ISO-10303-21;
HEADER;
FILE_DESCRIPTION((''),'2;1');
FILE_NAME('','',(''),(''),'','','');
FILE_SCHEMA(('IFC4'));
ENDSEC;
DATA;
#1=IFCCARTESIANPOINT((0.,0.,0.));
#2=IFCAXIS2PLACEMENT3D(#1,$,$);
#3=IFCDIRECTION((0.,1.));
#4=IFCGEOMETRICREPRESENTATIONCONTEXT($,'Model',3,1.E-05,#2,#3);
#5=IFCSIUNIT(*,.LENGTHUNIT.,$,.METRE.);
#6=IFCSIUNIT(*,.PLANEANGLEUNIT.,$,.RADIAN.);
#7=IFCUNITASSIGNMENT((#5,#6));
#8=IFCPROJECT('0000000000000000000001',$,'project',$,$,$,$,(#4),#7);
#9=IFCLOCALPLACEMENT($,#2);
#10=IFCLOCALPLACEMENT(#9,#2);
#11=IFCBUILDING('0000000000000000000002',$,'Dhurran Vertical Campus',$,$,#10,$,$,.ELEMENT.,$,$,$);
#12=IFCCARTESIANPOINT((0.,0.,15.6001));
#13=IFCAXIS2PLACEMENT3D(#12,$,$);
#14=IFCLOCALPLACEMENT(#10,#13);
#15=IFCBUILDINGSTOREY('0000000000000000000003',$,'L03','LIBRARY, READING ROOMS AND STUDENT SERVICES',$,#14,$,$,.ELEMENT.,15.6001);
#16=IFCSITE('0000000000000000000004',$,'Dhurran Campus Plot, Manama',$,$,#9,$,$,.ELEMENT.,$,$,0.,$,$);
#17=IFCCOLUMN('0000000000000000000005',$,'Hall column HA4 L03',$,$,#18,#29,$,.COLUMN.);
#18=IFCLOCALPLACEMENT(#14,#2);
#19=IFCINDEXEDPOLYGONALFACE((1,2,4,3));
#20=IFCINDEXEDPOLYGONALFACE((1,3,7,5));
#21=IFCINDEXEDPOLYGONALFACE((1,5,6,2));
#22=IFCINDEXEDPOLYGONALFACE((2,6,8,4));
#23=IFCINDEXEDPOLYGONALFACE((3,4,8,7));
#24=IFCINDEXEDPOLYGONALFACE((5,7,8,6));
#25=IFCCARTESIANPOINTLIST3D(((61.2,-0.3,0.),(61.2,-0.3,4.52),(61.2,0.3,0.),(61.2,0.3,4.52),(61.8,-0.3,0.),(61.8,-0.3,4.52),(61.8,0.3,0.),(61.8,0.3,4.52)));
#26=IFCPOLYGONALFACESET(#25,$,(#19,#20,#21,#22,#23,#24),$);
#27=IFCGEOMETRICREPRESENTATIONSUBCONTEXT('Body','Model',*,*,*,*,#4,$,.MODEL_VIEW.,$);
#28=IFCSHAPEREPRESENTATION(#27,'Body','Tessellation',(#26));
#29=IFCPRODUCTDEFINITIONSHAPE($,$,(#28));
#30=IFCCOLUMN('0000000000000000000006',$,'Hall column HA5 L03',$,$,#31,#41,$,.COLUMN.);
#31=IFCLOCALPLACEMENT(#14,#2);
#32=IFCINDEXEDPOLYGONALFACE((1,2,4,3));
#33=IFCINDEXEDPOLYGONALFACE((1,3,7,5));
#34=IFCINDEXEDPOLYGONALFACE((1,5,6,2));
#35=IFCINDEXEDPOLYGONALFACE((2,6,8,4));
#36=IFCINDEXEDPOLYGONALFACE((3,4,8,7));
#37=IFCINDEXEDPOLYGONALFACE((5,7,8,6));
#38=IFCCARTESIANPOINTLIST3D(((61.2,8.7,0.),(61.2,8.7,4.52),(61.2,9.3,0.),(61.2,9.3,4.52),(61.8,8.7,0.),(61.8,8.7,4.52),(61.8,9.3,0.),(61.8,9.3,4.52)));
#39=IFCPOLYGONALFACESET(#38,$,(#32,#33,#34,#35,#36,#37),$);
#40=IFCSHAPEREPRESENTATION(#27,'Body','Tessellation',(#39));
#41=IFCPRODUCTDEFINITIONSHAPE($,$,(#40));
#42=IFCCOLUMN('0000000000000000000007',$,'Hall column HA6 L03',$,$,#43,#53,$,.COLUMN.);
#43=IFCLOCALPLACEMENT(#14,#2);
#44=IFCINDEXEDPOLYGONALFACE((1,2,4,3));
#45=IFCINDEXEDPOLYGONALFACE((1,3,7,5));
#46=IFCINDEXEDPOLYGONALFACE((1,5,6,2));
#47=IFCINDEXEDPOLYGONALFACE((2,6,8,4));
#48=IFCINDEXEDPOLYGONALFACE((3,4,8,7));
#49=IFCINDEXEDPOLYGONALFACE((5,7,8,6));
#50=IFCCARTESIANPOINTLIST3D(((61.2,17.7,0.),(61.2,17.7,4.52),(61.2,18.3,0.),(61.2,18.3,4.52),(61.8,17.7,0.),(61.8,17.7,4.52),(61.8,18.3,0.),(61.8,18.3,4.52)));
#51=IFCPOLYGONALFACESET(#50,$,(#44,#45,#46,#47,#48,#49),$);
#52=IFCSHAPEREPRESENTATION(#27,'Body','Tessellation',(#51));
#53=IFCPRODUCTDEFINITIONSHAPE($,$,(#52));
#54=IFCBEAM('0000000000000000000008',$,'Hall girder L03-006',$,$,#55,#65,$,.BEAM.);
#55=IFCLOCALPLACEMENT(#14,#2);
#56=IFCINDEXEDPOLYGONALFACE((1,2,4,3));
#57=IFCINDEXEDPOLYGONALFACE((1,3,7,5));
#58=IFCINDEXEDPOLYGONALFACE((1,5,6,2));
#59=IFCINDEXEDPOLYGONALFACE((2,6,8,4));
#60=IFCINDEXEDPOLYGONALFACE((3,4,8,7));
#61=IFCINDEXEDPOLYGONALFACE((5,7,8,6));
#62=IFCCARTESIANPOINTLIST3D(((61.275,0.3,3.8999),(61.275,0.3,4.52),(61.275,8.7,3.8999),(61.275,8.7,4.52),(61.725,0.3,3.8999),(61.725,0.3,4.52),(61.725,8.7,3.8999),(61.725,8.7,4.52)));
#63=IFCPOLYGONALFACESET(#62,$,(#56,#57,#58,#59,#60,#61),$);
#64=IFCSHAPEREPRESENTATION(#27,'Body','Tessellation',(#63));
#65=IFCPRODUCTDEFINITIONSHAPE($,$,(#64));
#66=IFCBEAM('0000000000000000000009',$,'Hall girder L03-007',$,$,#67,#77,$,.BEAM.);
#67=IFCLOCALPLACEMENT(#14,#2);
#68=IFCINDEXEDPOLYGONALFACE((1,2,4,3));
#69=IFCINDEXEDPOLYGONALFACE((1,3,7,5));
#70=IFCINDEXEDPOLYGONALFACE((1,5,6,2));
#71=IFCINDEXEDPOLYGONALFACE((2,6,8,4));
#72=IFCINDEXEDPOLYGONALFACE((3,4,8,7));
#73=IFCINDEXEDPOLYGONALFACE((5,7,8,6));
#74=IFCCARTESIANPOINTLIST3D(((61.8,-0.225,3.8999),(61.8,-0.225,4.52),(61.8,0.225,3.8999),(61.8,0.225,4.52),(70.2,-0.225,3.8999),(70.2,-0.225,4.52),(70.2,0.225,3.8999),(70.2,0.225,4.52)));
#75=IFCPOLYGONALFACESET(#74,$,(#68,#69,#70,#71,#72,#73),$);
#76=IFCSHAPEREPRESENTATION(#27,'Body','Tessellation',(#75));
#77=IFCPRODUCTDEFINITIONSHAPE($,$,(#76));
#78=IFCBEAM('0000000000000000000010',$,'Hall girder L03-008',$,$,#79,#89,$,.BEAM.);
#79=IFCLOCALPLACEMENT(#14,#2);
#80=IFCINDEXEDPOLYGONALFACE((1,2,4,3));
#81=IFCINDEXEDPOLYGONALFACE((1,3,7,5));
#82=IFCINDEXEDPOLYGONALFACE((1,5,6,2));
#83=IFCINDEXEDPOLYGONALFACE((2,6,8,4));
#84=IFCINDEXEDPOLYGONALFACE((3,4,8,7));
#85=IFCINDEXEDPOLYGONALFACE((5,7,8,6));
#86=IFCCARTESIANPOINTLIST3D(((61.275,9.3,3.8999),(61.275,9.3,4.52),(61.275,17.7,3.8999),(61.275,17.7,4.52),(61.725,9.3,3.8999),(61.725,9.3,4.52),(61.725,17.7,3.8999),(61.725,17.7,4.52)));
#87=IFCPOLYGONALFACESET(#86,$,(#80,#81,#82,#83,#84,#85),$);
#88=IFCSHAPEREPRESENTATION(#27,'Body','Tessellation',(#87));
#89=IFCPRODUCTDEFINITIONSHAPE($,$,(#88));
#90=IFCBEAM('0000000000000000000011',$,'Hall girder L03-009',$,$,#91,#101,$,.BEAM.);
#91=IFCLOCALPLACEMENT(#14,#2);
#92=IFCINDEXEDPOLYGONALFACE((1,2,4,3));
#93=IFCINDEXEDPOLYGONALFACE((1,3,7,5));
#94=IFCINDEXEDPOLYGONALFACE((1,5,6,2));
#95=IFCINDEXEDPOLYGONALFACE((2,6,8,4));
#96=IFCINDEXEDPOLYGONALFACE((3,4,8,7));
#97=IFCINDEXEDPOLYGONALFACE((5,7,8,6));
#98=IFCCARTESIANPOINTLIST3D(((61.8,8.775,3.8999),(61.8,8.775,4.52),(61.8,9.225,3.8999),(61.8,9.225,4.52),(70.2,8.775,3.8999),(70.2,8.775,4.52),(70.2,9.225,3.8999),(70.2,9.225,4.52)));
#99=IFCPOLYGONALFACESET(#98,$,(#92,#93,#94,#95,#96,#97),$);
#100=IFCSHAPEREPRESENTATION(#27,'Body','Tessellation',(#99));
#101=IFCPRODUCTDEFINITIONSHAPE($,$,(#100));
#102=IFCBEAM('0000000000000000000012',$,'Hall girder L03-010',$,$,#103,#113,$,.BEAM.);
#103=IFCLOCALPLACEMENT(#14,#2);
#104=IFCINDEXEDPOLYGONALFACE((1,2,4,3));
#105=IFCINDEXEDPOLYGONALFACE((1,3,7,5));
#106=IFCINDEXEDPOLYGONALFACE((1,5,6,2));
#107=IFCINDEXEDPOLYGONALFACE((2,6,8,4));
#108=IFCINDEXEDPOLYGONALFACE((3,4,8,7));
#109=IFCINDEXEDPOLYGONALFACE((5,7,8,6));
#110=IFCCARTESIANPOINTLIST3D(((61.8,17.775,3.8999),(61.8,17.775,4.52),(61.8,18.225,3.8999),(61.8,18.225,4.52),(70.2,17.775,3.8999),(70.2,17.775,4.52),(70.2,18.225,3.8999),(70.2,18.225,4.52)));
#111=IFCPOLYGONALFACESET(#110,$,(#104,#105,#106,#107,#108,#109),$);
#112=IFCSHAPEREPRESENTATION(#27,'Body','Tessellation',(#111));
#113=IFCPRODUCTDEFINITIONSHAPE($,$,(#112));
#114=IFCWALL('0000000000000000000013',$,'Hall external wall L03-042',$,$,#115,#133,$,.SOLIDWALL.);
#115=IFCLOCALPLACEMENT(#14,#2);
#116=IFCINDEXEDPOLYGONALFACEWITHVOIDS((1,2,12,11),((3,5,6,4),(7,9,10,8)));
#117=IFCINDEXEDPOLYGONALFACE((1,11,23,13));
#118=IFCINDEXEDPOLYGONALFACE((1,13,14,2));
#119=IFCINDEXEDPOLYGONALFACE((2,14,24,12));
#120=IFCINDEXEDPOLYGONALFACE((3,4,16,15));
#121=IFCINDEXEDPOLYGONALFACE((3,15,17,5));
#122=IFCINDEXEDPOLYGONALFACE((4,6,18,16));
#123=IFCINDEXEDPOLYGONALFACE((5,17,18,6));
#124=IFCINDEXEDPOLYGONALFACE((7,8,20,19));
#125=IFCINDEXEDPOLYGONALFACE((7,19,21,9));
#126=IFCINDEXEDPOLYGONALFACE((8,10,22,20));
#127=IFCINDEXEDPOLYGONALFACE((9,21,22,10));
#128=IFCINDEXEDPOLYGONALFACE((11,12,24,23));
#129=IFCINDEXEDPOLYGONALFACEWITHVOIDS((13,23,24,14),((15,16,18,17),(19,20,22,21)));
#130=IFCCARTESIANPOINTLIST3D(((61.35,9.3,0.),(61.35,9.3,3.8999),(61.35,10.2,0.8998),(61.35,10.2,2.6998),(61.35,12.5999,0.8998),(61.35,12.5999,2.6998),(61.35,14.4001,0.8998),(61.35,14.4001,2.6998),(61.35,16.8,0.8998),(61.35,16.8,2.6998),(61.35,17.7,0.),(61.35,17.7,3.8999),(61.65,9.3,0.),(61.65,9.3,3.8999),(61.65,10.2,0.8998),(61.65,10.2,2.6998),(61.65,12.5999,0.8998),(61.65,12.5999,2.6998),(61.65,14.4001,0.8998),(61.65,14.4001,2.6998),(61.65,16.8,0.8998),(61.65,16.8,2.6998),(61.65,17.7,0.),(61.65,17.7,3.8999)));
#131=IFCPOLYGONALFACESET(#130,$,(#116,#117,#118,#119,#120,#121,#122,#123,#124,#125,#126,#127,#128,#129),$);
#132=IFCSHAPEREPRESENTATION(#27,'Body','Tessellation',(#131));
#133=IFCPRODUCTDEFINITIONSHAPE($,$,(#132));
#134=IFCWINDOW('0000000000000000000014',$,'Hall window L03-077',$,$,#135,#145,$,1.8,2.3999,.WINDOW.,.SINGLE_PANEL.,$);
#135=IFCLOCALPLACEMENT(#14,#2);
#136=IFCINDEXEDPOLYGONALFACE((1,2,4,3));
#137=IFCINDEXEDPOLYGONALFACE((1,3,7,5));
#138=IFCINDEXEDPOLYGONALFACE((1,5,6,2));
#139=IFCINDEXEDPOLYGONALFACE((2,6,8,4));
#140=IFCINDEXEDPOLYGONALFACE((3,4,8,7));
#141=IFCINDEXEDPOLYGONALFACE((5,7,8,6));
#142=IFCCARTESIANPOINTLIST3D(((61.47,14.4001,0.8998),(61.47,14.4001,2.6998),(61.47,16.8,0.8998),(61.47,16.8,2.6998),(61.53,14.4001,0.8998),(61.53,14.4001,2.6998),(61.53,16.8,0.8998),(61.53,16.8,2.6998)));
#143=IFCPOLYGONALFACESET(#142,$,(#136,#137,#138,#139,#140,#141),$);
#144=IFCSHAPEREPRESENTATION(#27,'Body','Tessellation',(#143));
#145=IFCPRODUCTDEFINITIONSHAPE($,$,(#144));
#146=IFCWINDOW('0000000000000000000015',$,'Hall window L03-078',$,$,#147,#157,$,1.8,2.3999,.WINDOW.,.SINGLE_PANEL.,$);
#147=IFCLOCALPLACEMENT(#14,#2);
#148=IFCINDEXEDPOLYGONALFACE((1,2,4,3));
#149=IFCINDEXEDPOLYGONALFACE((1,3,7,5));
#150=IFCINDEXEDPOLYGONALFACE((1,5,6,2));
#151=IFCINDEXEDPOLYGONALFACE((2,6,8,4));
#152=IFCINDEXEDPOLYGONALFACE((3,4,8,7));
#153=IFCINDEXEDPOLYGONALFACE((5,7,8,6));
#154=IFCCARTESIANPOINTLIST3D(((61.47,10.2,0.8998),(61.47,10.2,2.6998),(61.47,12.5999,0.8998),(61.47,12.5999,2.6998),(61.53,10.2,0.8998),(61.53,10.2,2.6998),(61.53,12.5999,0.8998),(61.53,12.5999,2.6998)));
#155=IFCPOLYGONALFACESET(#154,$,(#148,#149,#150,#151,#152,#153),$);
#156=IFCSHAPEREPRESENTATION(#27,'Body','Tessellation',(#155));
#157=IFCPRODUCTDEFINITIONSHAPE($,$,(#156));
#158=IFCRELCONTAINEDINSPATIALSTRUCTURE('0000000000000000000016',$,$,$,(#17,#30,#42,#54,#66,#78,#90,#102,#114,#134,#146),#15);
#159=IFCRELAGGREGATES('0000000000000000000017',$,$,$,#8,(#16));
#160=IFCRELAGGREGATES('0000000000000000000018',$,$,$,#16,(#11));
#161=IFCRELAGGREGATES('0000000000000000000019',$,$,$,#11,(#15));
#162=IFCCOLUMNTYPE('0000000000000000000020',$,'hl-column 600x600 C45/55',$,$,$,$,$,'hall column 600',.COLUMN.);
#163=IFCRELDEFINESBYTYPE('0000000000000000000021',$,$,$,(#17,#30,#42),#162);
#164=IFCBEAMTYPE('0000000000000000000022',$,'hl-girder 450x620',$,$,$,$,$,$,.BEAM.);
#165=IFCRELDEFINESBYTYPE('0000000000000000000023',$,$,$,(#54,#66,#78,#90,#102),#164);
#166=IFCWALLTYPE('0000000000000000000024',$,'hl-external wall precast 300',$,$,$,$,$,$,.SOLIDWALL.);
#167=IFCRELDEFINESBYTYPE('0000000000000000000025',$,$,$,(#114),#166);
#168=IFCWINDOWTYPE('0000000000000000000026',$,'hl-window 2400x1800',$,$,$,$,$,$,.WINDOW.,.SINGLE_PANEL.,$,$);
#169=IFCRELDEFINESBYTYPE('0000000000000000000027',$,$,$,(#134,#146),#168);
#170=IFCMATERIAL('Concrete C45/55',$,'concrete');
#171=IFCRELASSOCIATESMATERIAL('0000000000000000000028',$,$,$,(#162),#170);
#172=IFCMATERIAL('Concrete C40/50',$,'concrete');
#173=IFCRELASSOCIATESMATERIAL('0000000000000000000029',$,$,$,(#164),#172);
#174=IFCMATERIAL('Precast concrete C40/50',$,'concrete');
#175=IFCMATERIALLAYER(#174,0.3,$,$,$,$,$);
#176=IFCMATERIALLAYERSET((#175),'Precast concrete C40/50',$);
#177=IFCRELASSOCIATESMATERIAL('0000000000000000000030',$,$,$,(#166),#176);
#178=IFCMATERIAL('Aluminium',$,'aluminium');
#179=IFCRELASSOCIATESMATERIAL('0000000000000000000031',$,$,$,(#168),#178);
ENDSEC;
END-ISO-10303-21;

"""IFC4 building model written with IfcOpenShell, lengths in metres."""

from ifc_helpers import new_model, si_unit, direction, frame, frame_2d, origin, origin_2d, place, context, subcontext, project, spatial, rectangle, extrude, material, layer, layer_set, material_profile, profile_set, type_object, element, fill, save


model = new_model("IFC4")

# Units and contexts
model_context = context("Model", 3, precision=1e-05, world=origin(), true_north=direction((0.0, 1.0)))
body_context = subcontext(model_context, "Body", "Model", "MODEL_VIEW")
ifc_project = project(units=[si_unit("LENGTHUNIT", "METRE"), si_unit("PLANEANGLEUNIT", "RADIAN")], contexts=[model_context])

# Site, building, storey
site_placement = place(None, origin())
site = spatial("IfcSite", under=ifc_project, at=site_placement, Name="Dhurran Campus Plot, Manama", CompositionType="ELEMENT", RefElevation=0.0)
building_placement = place(site_placement, origin())
building = spatial("IfcBuilding", under=site, at=building_placement, Name="Dhurran Vertical Campus", CompositionType="ELEMENT")
storey_placement = place(building_placement, frame((0.0, 0.0, 15.6001)))
storey = spatial("IfcBuildingStorey", under=building, at=storey_placement, Name="L03", Description="LIBRARY, READING ROOMS AND STUDENT SERVICES", CompositionType="ELEMENT", Elevation=15.6001)

# Columns
ifc_material_1 = material(Name="Concrete C45/55", Category="concrete")
ifc_material_profile_1 = material_profile(ifc_material_1, rectangle(XDim=0.6001, YDim=0.6001, at=origin_2d()), Name="hl-column 600x600 C45/55")
ifc_profile_set_1 = profile_set([ifc_material_profile_1], Name="Concrete C45/55")
column_type = type_object("IfcColumnType", Name="hl-column 600x600 C45/55", ElementType="hall column 600", PredefinedType="COLUMN", material=ifc_profile_set_1)
for number, where, z_axis, x_axis, name in (
    (1, (61.5, 0.0, 0.0), (0.0, 0.0, 1.0), (1.0, 0.0, 0.0), "Hall column HA4 L03"),
    (2, (61.5, 9.0, 0.0), (0.0, 0.0, 1.0), (1.0, 0.0, 0.0), "Hall column HA5 L03"),
    (3, (61.5, 18.0, 0.0), (0.0, 0.0, 1.0), (1.0, 0.0, 0.0), "Hall column HA6 L03"),
):
    element("IfcColumn", number, at=place(storey_placement, frame(where, z_axis=z_axis, x_axis=x_axis)), inside=storey, type_object=column_type, Name=name, PredefinedType="COLUMN", context=body_context, shape_type="SweptSolid", body=[
        extrude(rectangle(XDim=0.6001, YDim=0.6001, at=origin_2d()), origin(), (0.0, 0.0, 1.0), 4.52),
    ])

# Beams
ifc_material_2 = material(Name="Concrete C40/50", Category="concrete")
ifc_material_profile_2 = material_profile(ifc_material_2, rectangle(XDim=0.45, YDim=0.6201, at=origin_2d()), Name="hl-girder 450x620")
ifc_profile_set_2 = profile_set([ifc_material_profile_2], Name="Concrete C40/50")
beam_type = type_object("IfcBeamType", Name="hl-girder 450x620", PredefinedType="BEAM", material=ifc_profile_set_2)
for number, where, z_axis, x_axis, name in (
    (4, (61.5, 0.3, 4.21), (0.0, 1.0, 0.0), (-1.0, 0.0, 0.0), "Hall girder L03-006"),
    (5, (61.8, 0.0, 4.21), (1.0, 0.0, 0.0), (0.0, 1.0, 0.0), "Hall girder L03-007"),
    (6, (61.5, 9.3, 4.21), (0.0, 1.0, 0.0), (-1.0, 0.0, 0.0), "Hall girder L03-008"),
    (7, (61.8, 9.0, 4.21), (1.0, 0.0, 0.0), (0.0, 1.0, 0.0), "Hall girder L03-009"),
    (8, (61.8, 18.0, 4.21), (1.0, 0.0, 0.0), (0.0, 1.0, 0.0), "Hall girder L03-010"),
):
    element("IfcBeam", number, at=place(storey_placement, frame(where, z_axis=z_axis, x_axis=x_axis)), inside=storey, type_object=beam_type, Name=name, PredefinedType="BEAM", context=body_context, shape_type="SweptSolid", body=[
        extrude(rectangle(XDim=0.45, YDim=0.6201, at=origin_2d()), origin(), (0.0, 0.0, 1.0), 8.3999),
    ])

# Wall, openings, windows
ifc_material_3 = material(Name="Precast concrete C40/50", Category="concrete")
ifc_layer = layer(ifc_material_3, 0.3)
ifc_layer_set = layer_set([ifc_layer], Name="Precast concrete C40/50")
wall_type = type_object("IfcWallType", Name="hl-external wall precast 300", PredefinedType="SOLIDWALL", material=ifc_layer_set)
wall_1_placement = place(storey_placement, frame((61.5, 17.7, 0.0), z_axis=(0.0, 0.0, 1.0), x_axis=(0.0, -1.0, 0.0)))
wall_1 = element("IfcWall", 9, at=wall_1_placement, inside=storey, type_object=wall_type, Name="Hall external wall L03-042", PredefinedType="SOLIDWALL", context=body_context, shape_type="SweptSolid", body=[
    extrude(rectangle(XDim=8.3999, YDim=0.3, at=frame_2d((4.2, 0.0))), origin(), (0.0, 0.0, 1.0), 3.8999),
])
opening_1_placement = place(wall_1_placement, frame((0.8999, 0.0, 0.8999)))
opening_1 = element("IfcOpeningElement", 10, at=opening_1_placement, cuts=wall_1, PredefinedType="OPENING", context=body_context, shape_type="SweptSolid", body=[
    extrude(rectangle(XDim=2.3999, YDim=1.8, at=frame_2d((1.2, 0.8999))), frame((0.0, 0.1599, 0.0), z_axis=(0.0, -1.0, 0.0), x_axis=(1.0, 0.0, 0.0)), (0.0, 0.0, 1.0), 0.3201),
])
opening_2_placement = place(wall_1_placement, frame((5.1001, 0.0, 0.8999)))
opening_2 = element("IfcOpeningElement", 11, at=opening_2_placement, cuts=wall_1, PredefinedType="OPENING", context=body_context, shape_type="SweptSolid", body=[
    extrude(rectangle(XDim=2.3999, YDim=1.8, at=frame_2d((1.2, 0.8999))), frame((0.0, 0.1599, 0.0), z_axis=(0.0, -1.0, 0.0), x_axis=(1.0, 0.0, 0.0)), (0.0, 0.0, 1.0), 0.3201),
])
ifc_material_4 = material(Name="Aluminium", Category="aluminium")
window_type = type_object("IfcWindowType", Name="hl-window 2400x1800", PartitioningType="SINGLE_PANEL", PredefinedType="WINDOW", material=ifc_material_4)
window_1_placement = place(opening_1_placement, origin())
window_1 = element("IfcWindow", 12, at=window_1_placement, inside=storey, type_object=window_type, Name="Hall window L03-077", OverallHeight=1.8, OverallWidth=2.3999, PartitioningType="SINGLE_PANEL", PredefinedType="WINDOW", context=body_context, shape_type="SweptSolid", body=[
    extrude(rectangle(XDim=2.3999, YDim=1.8, at=frame_2d((1.2, 0.8999))), frame((0.0, 0.03, 0.0), z_axis=(0.0, -1.0, 0.0), x_axis=(1.0, 0.0, 0.0)), (0.0, 0.0, 1.0), 0.0601),
])
fill(opening_1, window_1)
window_2_placement = place(opening_2_placement, origin())
window_2 = element("IfcWindow", 13, at=window_2_placement, inside=storey, type_object=window_type, Name="Hall window L03-078", OverallHeight=1.8, OverallWidth=2.3999, PartitioningType="SINGLE_PANEL", PredefinedType="WINDOW", context=body_context, shape_type="SweptSolid", body=[
    extrude(rectangle(XDim=2.3999, YDim=1.8, at=frame_2d((1.2, 0.8999))), frame((0.0, 0.03, 0.0), z_axis=(0.0, -1.0, 0.0), x_axis=(1.0, 0.0, 0.0)), (0.0, 0.0, 1.0), 0.0601),
])
fill(opening_2, window_2)

save(model, "model.ifc")
